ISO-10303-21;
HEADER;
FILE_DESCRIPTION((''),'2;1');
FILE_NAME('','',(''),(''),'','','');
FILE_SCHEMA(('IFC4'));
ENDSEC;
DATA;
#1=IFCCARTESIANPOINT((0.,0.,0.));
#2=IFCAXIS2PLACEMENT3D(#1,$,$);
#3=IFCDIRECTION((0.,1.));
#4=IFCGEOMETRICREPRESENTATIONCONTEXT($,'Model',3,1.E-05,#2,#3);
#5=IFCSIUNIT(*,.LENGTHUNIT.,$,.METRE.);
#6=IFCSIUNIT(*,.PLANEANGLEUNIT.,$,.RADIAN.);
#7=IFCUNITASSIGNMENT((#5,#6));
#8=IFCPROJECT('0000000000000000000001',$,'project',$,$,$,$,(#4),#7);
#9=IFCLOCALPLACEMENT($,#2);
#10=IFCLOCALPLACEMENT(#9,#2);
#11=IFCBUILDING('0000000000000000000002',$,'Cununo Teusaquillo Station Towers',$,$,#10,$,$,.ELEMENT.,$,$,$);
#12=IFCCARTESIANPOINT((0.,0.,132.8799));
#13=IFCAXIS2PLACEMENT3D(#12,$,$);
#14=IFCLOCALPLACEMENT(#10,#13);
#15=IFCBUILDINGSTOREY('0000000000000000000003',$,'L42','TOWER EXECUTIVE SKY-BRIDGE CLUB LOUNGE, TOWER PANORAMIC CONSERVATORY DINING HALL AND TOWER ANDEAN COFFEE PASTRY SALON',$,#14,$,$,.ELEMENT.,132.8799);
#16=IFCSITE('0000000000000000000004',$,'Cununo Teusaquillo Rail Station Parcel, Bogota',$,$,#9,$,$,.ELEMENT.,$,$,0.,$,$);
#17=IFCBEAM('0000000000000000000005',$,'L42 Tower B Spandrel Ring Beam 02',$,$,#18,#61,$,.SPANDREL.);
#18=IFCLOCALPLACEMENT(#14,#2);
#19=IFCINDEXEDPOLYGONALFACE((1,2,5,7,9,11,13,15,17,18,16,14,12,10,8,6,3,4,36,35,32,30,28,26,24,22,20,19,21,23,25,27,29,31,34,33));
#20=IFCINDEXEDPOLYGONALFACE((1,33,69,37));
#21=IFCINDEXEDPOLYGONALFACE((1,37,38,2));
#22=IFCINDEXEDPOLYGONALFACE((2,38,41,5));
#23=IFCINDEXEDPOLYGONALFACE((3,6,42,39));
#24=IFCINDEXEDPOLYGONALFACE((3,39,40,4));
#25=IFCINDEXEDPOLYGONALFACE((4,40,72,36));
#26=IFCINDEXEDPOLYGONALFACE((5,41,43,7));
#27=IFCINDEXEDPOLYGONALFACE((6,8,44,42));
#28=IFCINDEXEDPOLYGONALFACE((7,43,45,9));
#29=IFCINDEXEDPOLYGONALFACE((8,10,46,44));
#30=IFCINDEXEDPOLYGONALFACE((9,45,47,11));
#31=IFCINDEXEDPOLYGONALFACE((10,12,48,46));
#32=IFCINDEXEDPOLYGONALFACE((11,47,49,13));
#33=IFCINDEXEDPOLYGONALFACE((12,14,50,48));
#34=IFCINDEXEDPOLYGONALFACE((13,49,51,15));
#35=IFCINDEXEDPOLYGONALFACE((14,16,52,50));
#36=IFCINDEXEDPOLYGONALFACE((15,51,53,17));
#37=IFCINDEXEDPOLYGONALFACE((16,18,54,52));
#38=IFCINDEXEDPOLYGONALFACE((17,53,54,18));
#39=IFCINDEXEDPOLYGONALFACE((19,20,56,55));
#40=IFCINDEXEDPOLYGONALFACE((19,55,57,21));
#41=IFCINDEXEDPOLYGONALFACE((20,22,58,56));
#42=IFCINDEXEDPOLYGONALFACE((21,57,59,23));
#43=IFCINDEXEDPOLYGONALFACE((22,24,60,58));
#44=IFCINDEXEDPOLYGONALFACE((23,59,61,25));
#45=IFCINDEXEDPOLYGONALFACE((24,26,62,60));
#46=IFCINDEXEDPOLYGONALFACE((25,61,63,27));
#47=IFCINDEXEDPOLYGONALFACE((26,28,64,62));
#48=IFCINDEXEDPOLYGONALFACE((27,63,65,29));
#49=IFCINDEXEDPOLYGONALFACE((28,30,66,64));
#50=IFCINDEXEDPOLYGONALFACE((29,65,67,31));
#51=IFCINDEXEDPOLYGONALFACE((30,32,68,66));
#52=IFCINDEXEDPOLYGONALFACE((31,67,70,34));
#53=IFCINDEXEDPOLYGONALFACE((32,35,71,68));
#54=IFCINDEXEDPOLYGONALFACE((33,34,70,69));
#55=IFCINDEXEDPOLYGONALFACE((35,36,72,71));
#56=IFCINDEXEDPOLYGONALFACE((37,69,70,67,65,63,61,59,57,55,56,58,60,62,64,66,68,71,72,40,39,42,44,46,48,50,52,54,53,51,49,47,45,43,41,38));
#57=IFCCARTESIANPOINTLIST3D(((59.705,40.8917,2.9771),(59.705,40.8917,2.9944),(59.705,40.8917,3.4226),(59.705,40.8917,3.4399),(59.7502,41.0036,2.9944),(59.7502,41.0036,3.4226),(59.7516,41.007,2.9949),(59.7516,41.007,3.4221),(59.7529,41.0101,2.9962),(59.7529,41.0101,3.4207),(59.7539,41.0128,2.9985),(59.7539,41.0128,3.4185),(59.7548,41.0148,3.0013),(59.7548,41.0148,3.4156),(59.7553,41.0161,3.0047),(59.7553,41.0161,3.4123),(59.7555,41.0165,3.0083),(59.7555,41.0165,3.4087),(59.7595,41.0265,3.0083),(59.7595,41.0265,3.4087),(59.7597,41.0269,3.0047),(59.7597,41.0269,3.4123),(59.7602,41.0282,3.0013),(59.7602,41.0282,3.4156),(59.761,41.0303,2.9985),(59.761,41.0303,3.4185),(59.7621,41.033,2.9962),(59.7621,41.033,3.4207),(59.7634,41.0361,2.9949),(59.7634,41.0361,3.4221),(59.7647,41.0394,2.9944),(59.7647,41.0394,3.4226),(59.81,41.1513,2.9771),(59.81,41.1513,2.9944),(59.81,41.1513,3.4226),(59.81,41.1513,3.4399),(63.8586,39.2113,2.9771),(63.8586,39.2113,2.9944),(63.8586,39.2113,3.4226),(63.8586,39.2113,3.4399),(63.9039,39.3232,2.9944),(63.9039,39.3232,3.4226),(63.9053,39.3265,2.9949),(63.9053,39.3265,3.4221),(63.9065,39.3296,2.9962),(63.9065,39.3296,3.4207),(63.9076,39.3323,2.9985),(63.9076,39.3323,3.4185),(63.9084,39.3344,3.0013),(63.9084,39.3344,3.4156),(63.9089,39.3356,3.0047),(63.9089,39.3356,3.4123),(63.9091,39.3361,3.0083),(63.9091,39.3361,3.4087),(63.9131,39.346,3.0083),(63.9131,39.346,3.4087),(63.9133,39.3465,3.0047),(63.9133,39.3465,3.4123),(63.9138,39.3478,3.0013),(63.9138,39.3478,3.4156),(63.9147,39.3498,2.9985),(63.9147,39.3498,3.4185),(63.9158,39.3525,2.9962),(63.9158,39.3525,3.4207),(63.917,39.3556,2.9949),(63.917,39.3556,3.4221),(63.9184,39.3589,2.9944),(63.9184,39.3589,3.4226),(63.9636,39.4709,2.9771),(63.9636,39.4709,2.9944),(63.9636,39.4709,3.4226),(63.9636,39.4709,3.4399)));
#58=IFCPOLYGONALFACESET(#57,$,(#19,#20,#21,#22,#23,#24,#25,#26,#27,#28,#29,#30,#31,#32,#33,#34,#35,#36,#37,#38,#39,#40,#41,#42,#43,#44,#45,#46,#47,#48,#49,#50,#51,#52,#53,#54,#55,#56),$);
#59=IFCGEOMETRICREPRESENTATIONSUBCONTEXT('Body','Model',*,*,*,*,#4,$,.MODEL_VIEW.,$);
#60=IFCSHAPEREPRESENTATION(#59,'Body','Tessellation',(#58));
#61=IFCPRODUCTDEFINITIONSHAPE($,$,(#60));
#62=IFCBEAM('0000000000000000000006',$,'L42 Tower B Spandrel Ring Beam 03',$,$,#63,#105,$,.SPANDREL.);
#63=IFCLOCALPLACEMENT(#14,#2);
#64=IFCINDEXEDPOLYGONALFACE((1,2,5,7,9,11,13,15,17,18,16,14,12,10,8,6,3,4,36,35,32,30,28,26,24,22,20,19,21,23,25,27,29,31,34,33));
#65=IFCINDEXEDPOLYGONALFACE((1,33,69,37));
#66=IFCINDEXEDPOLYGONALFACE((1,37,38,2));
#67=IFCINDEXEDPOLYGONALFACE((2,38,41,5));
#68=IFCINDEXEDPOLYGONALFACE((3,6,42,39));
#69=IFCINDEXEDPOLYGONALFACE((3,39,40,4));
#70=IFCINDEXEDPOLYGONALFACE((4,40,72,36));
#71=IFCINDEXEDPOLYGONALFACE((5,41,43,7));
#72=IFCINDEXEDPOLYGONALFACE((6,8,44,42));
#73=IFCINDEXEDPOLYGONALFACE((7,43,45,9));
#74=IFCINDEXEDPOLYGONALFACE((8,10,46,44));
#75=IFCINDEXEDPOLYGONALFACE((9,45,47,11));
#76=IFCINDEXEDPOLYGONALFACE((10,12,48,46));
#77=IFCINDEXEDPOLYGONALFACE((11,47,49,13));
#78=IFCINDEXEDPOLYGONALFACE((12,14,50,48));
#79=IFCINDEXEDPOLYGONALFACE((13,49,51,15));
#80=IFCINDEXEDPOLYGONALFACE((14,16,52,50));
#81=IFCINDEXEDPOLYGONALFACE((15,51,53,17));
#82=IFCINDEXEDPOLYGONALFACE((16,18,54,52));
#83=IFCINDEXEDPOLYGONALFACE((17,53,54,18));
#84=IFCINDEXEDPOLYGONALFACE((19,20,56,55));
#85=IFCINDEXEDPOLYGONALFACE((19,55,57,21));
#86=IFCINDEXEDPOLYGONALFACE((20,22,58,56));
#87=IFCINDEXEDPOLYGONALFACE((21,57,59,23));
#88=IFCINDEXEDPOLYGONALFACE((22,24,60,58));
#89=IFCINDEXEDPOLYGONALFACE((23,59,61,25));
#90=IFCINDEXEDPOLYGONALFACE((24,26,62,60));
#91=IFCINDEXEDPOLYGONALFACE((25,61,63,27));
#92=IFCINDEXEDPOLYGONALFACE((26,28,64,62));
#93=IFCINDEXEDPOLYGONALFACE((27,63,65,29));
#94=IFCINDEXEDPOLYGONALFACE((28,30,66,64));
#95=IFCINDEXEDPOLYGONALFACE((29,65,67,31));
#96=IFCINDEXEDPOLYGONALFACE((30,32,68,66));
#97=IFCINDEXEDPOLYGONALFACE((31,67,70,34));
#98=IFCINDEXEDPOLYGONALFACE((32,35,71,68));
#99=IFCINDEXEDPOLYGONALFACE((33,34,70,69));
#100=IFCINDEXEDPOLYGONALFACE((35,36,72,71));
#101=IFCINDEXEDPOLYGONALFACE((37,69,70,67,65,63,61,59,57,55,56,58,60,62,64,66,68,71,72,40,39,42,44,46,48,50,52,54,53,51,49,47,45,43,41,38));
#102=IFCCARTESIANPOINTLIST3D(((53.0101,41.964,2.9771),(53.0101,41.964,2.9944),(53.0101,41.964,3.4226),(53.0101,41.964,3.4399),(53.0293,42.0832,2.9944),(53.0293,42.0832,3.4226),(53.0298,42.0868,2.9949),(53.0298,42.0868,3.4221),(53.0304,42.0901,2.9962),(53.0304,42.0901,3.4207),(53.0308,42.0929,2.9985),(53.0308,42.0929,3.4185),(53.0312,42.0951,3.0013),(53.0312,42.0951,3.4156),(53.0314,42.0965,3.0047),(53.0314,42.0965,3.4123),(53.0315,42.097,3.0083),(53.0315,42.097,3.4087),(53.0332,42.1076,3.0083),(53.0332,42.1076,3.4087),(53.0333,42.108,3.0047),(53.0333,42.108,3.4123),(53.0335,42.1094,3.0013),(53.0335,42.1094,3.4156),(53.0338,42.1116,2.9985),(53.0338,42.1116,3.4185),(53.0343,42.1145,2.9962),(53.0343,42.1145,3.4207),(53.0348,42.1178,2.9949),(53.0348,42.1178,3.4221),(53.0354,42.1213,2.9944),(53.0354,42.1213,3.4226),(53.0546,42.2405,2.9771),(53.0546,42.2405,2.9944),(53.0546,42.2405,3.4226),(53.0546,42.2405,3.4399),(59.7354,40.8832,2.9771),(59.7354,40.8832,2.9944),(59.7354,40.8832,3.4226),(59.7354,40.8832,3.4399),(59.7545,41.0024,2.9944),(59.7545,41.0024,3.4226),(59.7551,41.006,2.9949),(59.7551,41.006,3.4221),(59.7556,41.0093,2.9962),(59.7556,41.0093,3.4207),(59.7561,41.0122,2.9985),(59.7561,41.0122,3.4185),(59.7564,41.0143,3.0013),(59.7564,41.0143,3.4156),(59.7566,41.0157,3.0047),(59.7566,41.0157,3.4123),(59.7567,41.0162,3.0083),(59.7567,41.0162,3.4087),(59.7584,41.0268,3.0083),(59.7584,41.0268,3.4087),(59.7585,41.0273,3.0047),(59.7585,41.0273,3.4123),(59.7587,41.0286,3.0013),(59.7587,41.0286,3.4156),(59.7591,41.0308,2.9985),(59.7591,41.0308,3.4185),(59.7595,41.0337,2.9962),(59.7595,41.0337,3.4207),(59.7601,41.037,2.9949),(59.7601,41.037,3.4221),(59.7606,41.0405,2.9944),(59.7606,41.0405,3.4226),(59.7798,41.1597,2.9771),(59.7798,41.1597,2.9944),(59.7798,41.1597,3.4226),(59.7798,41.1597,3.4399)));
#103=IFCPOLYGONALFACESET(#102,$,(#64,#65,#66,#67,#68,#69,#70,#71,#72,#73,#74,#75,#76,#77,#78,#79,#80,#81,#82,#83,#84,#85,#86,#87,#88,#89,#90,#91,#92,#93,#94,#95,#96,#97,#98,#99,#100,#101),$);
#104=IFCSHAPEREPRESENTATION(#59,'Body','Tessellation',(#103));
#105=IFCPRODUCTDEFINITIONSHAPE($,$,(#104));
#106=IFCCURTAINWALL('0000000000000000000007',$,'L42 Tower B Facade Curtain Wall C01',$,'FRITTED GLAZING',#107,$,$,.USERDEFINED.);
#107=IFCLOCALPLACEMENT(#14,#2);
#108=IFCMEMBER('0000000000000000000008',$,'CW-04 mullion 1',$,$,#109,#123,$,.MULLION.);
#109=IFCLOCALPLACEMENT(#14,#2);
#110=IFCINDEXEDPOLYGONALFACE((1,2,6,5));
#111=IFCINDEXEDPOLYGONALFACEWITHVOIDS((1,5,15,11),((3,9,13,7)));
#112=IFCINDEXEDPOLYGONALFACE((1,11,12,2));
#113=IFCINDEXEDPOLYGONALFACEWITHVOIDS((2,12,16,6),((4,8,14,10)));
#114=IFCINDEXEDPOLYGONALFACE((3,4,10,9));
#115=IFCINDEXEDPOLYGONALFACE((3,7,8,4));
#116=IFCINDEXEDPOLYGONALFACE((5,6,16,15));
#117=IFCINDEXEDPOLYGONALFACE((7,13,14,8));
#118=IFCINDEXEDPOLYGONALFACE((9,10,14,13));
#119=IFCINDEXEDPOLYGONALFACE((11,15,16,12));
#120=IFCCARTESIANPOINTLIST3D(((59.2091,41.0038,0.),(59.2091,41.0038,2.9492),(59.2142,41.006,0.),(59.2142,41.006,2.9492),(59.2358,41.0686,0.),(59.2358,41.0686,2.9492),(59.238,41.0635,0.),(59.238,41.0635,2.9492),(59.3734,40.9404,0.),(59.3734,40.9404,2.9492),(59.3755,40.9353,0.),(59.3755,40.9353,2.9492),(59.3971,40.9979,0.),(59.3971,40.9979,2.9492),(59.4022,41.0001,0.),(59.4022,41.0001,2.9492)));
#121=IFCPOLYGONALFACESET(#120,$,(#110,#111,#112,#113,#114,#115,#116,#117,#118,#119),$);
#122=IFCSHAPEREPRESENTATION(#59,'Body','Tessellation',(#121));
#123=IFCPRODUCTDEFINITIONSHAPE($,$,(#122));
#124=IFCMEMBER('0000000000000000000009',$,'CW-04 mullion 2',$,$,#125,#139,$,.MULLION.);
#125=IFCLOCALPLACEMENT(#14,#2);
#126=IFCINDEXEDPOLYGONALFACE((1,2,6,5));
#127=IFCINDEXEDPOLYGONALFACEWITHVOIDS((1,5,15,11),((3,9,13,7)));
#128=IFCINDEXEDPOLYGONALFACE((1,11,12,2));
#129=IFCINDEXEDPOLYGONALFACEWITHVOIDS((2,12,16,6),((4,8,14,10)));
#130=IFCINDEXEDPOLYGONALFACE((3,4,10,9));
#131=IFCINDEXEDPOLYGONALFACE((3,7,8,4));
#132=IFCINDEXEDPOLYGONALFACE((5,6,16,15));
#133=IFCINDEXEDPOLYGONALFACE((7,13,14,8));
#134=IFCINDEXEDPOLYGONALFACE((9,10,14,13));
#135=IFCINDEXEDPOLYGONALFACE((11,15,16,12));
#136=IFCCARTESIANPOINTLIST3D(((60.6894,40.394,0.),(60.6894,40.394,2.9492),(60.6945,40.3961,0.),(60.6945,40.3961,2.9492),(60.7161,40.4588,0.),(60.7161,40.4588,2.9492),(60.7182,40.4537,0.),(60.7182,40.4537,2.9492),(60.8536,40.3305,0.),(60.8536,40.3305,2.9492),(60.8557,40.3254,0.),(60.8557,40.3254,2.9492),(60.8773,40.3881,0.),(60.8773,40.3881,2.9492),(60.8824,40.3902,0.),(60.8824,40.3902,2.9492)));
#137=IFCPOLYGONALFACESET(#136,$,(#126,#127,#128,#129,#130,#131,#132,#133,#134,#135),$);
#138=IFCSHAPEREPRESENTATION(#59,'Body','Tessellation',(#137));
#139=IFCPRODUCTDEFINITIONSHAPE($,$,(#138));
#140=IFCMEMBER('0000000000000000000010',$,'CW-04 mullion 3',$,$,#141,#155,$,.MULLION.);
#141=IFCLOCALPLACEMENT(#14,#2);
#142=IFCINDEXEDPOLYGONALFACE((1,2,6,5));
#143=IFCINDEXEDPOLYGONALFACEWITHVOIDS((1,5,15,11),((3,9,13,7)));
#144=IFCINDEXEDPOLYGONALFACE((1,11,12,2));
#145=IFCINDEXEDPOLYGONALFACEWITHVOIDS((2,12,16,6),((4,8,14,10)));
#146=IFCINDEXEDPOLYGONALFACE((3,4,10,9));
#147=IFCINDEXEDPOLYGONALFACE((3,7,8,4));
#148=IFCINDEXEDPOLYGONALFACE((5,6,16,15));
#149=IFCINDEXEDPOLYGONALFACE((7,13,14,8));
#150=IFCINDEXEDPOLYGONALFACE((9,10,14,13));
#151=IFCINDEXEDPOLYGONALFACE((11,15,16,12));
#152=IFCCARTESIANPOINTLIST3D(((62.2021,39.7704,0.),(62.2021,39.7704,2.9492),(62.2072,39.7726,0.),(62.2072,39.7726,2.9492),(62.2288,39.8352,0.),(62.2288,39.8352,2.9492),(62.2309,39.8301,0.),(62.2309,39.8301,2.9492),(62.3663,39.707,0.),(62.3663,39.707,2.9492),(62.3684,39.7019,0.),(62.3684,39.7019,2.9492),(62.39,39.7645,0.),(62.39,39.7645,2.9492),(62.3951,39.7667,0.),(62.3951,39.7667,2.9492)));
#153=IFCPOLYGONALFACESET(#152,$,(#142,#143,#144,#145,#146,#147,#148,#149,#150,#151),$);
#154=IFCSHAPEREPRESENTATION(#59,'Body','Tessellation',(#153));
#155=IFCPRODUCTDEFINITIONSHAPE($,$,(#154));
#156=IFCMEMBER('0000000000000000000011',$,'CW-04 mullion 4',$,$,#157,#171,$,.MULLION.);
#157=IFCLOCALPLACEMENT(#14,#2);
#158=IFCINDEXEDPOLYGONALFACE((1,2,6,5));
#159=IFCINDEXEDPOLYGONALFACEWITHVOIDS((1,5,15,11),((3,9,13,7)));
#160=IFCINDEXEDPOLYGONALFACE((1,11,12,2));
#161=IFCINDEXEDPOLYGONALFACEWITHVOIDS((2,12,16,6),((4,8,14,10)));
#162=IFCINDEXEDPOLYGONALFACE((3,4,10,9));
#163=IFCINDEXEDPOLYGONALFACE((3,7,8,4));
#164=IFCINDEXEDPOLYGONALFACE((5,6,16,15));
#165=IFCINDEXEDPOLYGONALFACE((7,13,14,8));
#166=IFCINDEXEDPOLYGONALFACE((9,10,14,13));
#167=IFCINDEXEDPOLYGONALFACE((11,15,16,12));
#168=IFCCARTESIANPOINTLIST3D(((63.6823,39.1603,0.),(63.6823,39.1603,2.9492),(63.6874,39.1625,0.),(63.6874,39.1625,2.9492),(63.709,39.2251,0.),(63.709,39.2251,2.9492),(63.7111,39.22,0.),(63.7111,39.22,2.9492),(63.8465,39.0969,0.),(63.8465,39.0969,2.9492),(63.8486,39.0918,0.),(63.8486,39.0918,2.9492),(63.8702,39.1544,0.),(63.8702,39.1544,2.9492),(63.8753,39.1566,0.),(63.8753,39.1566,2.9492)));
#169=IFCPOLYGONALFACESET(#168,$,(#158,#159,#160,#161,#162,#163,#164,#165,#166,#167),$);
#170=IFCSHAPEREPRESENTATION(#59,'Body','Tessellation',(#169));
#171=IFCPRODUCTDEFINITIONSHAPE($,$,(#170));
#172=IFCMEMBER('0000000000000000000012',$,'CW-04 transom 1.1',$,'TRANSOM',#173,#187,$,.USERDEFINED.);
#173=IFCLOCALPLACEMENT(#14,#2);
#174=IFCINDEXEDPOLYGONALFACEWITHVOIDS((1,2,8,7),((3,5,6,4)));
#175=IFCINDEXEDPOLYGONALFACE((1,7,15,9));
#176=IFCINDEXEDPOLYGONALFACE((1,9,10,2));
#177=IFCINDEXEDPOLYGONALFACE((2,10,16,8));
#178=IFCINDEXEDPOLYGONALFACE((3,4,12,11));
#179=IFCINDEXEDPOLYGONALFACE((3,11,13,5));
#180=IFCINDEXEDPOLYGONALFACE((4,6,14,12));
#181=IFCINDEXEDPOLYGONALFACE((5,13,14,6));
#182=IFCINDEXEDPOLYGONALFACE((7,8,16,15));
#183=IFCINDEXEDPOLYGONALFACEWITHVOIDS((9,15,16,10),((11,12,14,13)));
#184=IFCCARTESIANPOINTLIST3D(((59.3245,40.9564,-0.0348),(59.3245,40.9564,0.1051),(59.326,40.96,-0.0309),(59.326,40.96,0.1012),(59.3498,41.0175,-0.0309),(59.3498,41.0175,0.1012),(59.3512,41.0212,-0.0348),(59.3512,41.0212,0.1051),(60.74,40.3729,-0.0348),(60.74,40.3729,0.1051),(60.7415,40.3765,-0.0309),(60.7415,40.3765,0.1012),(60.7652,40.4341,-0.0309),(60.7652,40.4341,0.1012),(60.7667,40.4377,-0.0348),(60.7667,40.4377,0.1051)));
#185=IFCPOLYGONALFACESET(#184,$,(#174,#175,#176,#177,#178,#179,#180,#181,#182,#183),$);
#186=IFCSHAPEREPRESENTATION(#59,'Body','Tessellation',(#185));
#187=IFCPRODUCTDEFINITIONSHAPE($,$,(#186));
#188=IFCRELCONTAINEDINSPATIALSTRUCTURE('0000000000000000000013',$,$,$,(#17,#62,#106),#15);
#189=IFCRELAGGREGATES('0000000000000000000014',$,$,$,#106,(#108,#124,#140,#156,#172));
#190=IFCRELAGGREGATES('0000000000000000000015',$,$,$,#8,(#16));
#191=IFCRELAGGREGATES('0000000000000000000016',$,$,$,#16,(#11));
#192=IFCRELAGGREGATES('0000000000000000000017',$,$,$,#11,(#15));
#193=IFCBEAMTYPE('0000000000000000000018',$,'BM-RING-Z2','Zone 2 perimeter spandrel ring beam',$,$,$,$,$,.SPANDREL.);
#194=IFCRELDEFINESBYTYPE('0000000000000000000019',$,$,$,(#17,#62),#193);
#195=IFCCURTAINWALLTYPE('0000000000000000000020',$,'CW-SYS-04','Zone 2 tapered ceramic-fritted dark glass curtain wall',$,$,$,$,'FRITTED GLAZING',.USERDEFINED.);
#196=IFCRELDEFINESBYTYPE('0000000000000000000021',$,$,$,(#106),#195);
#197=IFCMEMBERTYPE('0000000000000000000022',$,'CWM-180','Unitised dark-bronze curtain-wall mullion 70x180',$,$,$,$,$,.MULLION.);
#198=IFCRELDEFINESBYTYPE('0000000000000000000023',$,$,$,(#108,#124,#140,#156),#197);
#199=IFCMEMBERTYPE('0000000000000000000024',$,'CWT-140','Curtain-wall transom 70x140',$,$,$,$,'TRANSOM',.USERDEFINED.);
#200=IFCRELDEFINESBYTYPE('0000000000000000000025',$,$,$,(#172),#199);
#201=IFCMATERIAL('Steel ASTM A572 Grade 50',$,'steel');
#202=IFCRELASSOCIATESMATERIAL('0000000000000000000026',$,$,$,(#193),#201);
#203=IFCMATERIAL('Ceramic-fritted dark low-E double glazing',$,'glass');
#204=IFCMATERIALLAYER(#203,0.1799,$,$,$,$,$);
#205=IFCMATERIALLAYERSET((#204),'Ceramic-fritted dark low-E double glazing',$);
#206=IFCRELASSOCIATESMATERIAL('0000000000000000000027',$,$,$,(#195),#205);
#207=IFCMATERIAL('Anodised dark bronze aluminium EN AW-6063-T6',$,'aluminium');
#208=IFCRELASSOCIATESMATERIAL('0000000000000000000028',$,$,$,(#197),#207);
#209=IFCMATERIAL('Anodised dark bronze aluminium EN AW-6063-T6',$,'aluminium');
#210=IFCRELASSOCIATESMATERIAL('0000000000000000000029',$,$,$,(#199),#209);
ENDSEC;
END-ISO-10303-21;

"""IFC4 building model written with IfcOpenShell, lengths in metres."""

from ifc_helpers import new_model, si_unit, direction, frame, origin, origin_2d, place, context, subcontext, project, spatial, hollow_rectangle, i_section, extrude, material, layer, layer_set, material_profile, profile_set, type_object, element, aggregate, save


model = new_model("IFC4")

# Units and contexts
model_context = context("Model", 3, precision=1e-05, world=origin(), true_north=direction((0.0, 1.0)))
body_context = subcontext(model_context, "Body", "Model", "MODEL_VIEW")
ifc_project = project(units=[si_unit("LENGTHUNIT", "METRE"), si_unit("PLANEANGLEUNIT", "RADIAN")], contexts=[model_context])

# Site, building, storey
site_placement = place(None, origin())
site = spatial("IfcSite", under=ifc_project, at=site_placement, Name="Cununo Teusaquillo Rail Station Parcel, Bogota", CompositionType="ELEMENT", RefElevation=0.0)
building_placement = place(site_placement, origin())
building = spatial("IfcBuilding", under=site, at=building_placement, Name="Cununo Teusaquillo Station Towers", CompositionType="ELEMENT")
storey_placement = place(building_placement, frame((0.0, 0.0, 132.8799)))
storey = spatial("IfcBuildingStorey", under=building, at=storey_placement, Name="L42", Description="TOWER EXECUTIVE SKY-BRIDGE CLUB LOUNGE, TOWER PANORAMIC CONSERVATORY DINING HALL AND TOWER ANDEAN COFFEE PASTRY SALON", CompositionType="ELEMENT", Elevation=132.8799)

# Beams
ifc_material_1 = material(Name="Steel ASTM A572 Grade 50", Category="steel")
ifc_material_profile_1 = material_profile(ifc_material_1, i_section(OverallWidth=0.28, OverallDepth=0.4629, WebThickness=0.0107, FlangeThickness=0.0173, FilletRadius=0.0139, at=origin_2d()), Name="W18X76")
ifc_profile_set_1 = profile_set([ifc_material_profile_1], Name="Steel ASTM A572 Grade 50")
beam_type_1 = type_object("IfcBeamType", Name="BM-RING-Z2", Description="Zone 2 perimeter spandrel ring beam", PredefinedType="SPANDREL", material=ifc_profile_set_1)
beam_1_placement = place(storey_placement, frame((63.9111, 39.3411, 3.2085), z_axis=(-0.927008, 0.375042, 0.0), x_axis=(-0.375042, -0.927008, 0.0)))
element("IfcBeam", 1, at=beam_1_placement, inside=storey, type_object=beam_type_1, Name="L42 Tower B Spandrel Ring Beam 02", PredefinedType="SPANDREL", context=body_context, shape_type="SweptSolid", body=[
    extrude(i_section(OverallWidth=0.28, OverallDepth=0.4629, WebThickness=0.0107, FlangeThickness=0.0173, FilletRadius=0.0139, at=origin_2d()), origin(), (0.0, 0.0, 1.0), 4.4807),
])
beam_2_placement = place(storey_placement, frame((59.7576, 41.0215, 3.2085), z_axis=(-0.987331, 0.158671, 0.0), x_axis=(-0.158671, -0.987331, 0.0)))
element("IfcBeam", 2, at=beam_2_placement, inside=storey, type_object=beam_type_1, Name="L42 Tower B Spandrel Ring Beam 03", PredefinedType="SPANDREL", context=body_context, shape_type="SweptSolid", body=[
    extrude(i_section(OverallWidth=0.28, OverallDepth=0.4629, WebThickness=0.0107, FlangeThickness=0.0173, FilletRadius=0.0139, at=origin_2d()), origin(), (0.0, 0.0, 1.0), 6.8115),
])

# Curtain wall, members
ifc_material_2 = material(Name="Ceramic-fritted dark low-E double glazing", Category="glass")
ifc_layer_1 = layer(ifc_material_2, 0.1799)
ifc_layer_set_1 = layer_set([ifc_layer_1], Name="Ceramic-fritted dark low-E double glazing")
curtain_wall_type = type_object("IfcCurtainWallType", Name="CW-SYS-04", Description="Zone 2 tapered ceramic-fritted dark glass curtain wall", ElementType="FRITTED GLAZING", PredefinedType="USERDEFINED", material=ifc_layer_set_1)
curtain_wall_placement = place(storey_placement, origin())
curtain_wall = element("IfcCurtainWall", 3, at=curtain_wall_placement, inside=storey, type_object=curtain_wall_type, Name="L42 Tower B Facade Curtain Wall C01", ObjectType="FRITTED GLAZING", PredefinedType="USERDEFINED")
ifc_material_3 = material(Name="Anodised dark bronze aluminium EN AW-6063-T6", Category="aluminium")
ifc_material_profile_2 = material_profile(ifc_material_3, hollow_rectangle(XDim=0.0701, YDim=0.1799, WallThickness=0.0039, at=origin_2d()), Name="CW-MULL-70x180")
ifc_profile_set_2 = profile_set([ifc_material_profile_2], Name="Anodised dark bronze aluminium EN AW-6063-T6")
member_type_1 = type_object("IfcMemberType", Name="CWM-180", Description="Unitised dark-bronze curtain-wall mullion 70x180", PredefinedType="MULLION", material=ifc_profile_set_2)
member_1_placement = place(storey_placement, frame((59.3057, 41.002, 0.0), z_axis=(0.0, 0.0, 1.0), x_axis=(0.381031, 0.924562, 0.0)))
member_1 = element("IfcMember", 4, at=member_1_placement, type_object=member_type_1, Name="CW-04 mullion 1", PredefinedType="MULLION", context=body_context, shape_type="SweptSolid", body=[
    extrude(hollow_rectangle(XDim=0.0701, YDim=0.1799, WallThickness=0.0039, at=origin_2d()), origin(), (0.0, 0.0, 1.0), 2.9492),
])
member_2_placement = place(storey_placement, frame((60.7859, 40.3921, 0.0), z_axis=(0.0, 0.0, 1.0), x_axis=(0.381031, 0.924562, 0.0)))
member_2 = element("IfcMember", 5, at=member_2_placement, type_object=member_type_1, Name="CW-04 mullion 2", PredefinedType="MULLION", context=body_context, shape_type="SweptSolid", body=[
    extrude(hollow_rectangle(XDim=0.0701, YDim=0.1799, WallThickness=0.0039, at=origin_2d()), origin(), (0.0, 0.0, 1.0), 2.9492),
])
member_3_placement = place(storey_placement, frame((62.2986, 39.7686, 0.0), z_axis=(0.0, 0.0, 1.0), x_axis=(0.381031, 0.924562, 0.0)))
member_3 = element("IfcMember", 6, at=member_3_placement, type_object=member_type_1, Name="CW-04 mullion 3", PredefinedType="MULLION", context=body_context, shape_type="SweptSolid", body=[
    extrude(hollow_rectangle(XDim=0.0701, YDim=0.1799, WallThickness=0.0039, at=origin_2d()), origin(), (0.0, 0.0, 1.0), 2.9492),
])
member_4_placement = place(storey_placement, frame((63.7788, 39.1584, 0.0), z_axis=(0.0, 0.0, 1.0), x_axis=(0.381031, 0.924562, 0.0)))
member_4 = element("IfcMember", 7, at=member_4_placement, type_object=member_type_1, Name="CW-04 mullion 4", PredefinedType="MULLION", context=body_context, shape_type="SweptSolid", body=[
    extrude(hollow_rectangle(XDim=0.0701, YDim=0.1799, WallThickness=0.0039, at=origin_2d()), origin(), (0.0, 0.0, 1.0), 2.9492),
])
ifc_material_4 = material(Name="Anodised dark bronze aluminium EN AW-6063-T6", Category="aluminium")
ifc_material_profile_3 = material_profile(ifc_material_4, hollow_rectangle(XDim=0.0701, YDim=0.1399, WallThickness=0.0039, at=origin_2d()), Name="CW-TRAN-70x140")
ifc_profile_set_3 = profile_set([ifc_material_profile_3], Name="Anodised dark bronze aluminium EN AW-6063-T6")
member_type_2 = type_object("IfcMemberType", Name="CWT-140", Description="Curtain-wall transom 70x140", ElementType="TRANSOM", PredefinedType="USERDEFINED", material=ifc_profile_set_3)
member_5_placement = place(storey_placement, frame((59.3379, 40.9888, 0.0352), z_axis=(0.924533, -0.381103, 0.0), x_axis=(0.381103, 0.924533, 0.0)))
member_5 = element("IfcMember", 8, at=member_5_placement, type_object=member_type_2, Name="CW-04 transom 1.1", ObjectType="TRANSOM", PredefinedType="USERDEFINED", context=body_context, shape_type="SweptSolid", body=[
    extrude(hollow_rectangle(XDim=0.0701, YDim=0.1399, WallThickness=0.0039, at=origin_2d()), origin(), (0.0, 0.0, 1.0), 1.531),
])

aggregate(curtain_wall, [member_1, member_2, member_3, member_4, member_5])

save(model, "model.ifc")
